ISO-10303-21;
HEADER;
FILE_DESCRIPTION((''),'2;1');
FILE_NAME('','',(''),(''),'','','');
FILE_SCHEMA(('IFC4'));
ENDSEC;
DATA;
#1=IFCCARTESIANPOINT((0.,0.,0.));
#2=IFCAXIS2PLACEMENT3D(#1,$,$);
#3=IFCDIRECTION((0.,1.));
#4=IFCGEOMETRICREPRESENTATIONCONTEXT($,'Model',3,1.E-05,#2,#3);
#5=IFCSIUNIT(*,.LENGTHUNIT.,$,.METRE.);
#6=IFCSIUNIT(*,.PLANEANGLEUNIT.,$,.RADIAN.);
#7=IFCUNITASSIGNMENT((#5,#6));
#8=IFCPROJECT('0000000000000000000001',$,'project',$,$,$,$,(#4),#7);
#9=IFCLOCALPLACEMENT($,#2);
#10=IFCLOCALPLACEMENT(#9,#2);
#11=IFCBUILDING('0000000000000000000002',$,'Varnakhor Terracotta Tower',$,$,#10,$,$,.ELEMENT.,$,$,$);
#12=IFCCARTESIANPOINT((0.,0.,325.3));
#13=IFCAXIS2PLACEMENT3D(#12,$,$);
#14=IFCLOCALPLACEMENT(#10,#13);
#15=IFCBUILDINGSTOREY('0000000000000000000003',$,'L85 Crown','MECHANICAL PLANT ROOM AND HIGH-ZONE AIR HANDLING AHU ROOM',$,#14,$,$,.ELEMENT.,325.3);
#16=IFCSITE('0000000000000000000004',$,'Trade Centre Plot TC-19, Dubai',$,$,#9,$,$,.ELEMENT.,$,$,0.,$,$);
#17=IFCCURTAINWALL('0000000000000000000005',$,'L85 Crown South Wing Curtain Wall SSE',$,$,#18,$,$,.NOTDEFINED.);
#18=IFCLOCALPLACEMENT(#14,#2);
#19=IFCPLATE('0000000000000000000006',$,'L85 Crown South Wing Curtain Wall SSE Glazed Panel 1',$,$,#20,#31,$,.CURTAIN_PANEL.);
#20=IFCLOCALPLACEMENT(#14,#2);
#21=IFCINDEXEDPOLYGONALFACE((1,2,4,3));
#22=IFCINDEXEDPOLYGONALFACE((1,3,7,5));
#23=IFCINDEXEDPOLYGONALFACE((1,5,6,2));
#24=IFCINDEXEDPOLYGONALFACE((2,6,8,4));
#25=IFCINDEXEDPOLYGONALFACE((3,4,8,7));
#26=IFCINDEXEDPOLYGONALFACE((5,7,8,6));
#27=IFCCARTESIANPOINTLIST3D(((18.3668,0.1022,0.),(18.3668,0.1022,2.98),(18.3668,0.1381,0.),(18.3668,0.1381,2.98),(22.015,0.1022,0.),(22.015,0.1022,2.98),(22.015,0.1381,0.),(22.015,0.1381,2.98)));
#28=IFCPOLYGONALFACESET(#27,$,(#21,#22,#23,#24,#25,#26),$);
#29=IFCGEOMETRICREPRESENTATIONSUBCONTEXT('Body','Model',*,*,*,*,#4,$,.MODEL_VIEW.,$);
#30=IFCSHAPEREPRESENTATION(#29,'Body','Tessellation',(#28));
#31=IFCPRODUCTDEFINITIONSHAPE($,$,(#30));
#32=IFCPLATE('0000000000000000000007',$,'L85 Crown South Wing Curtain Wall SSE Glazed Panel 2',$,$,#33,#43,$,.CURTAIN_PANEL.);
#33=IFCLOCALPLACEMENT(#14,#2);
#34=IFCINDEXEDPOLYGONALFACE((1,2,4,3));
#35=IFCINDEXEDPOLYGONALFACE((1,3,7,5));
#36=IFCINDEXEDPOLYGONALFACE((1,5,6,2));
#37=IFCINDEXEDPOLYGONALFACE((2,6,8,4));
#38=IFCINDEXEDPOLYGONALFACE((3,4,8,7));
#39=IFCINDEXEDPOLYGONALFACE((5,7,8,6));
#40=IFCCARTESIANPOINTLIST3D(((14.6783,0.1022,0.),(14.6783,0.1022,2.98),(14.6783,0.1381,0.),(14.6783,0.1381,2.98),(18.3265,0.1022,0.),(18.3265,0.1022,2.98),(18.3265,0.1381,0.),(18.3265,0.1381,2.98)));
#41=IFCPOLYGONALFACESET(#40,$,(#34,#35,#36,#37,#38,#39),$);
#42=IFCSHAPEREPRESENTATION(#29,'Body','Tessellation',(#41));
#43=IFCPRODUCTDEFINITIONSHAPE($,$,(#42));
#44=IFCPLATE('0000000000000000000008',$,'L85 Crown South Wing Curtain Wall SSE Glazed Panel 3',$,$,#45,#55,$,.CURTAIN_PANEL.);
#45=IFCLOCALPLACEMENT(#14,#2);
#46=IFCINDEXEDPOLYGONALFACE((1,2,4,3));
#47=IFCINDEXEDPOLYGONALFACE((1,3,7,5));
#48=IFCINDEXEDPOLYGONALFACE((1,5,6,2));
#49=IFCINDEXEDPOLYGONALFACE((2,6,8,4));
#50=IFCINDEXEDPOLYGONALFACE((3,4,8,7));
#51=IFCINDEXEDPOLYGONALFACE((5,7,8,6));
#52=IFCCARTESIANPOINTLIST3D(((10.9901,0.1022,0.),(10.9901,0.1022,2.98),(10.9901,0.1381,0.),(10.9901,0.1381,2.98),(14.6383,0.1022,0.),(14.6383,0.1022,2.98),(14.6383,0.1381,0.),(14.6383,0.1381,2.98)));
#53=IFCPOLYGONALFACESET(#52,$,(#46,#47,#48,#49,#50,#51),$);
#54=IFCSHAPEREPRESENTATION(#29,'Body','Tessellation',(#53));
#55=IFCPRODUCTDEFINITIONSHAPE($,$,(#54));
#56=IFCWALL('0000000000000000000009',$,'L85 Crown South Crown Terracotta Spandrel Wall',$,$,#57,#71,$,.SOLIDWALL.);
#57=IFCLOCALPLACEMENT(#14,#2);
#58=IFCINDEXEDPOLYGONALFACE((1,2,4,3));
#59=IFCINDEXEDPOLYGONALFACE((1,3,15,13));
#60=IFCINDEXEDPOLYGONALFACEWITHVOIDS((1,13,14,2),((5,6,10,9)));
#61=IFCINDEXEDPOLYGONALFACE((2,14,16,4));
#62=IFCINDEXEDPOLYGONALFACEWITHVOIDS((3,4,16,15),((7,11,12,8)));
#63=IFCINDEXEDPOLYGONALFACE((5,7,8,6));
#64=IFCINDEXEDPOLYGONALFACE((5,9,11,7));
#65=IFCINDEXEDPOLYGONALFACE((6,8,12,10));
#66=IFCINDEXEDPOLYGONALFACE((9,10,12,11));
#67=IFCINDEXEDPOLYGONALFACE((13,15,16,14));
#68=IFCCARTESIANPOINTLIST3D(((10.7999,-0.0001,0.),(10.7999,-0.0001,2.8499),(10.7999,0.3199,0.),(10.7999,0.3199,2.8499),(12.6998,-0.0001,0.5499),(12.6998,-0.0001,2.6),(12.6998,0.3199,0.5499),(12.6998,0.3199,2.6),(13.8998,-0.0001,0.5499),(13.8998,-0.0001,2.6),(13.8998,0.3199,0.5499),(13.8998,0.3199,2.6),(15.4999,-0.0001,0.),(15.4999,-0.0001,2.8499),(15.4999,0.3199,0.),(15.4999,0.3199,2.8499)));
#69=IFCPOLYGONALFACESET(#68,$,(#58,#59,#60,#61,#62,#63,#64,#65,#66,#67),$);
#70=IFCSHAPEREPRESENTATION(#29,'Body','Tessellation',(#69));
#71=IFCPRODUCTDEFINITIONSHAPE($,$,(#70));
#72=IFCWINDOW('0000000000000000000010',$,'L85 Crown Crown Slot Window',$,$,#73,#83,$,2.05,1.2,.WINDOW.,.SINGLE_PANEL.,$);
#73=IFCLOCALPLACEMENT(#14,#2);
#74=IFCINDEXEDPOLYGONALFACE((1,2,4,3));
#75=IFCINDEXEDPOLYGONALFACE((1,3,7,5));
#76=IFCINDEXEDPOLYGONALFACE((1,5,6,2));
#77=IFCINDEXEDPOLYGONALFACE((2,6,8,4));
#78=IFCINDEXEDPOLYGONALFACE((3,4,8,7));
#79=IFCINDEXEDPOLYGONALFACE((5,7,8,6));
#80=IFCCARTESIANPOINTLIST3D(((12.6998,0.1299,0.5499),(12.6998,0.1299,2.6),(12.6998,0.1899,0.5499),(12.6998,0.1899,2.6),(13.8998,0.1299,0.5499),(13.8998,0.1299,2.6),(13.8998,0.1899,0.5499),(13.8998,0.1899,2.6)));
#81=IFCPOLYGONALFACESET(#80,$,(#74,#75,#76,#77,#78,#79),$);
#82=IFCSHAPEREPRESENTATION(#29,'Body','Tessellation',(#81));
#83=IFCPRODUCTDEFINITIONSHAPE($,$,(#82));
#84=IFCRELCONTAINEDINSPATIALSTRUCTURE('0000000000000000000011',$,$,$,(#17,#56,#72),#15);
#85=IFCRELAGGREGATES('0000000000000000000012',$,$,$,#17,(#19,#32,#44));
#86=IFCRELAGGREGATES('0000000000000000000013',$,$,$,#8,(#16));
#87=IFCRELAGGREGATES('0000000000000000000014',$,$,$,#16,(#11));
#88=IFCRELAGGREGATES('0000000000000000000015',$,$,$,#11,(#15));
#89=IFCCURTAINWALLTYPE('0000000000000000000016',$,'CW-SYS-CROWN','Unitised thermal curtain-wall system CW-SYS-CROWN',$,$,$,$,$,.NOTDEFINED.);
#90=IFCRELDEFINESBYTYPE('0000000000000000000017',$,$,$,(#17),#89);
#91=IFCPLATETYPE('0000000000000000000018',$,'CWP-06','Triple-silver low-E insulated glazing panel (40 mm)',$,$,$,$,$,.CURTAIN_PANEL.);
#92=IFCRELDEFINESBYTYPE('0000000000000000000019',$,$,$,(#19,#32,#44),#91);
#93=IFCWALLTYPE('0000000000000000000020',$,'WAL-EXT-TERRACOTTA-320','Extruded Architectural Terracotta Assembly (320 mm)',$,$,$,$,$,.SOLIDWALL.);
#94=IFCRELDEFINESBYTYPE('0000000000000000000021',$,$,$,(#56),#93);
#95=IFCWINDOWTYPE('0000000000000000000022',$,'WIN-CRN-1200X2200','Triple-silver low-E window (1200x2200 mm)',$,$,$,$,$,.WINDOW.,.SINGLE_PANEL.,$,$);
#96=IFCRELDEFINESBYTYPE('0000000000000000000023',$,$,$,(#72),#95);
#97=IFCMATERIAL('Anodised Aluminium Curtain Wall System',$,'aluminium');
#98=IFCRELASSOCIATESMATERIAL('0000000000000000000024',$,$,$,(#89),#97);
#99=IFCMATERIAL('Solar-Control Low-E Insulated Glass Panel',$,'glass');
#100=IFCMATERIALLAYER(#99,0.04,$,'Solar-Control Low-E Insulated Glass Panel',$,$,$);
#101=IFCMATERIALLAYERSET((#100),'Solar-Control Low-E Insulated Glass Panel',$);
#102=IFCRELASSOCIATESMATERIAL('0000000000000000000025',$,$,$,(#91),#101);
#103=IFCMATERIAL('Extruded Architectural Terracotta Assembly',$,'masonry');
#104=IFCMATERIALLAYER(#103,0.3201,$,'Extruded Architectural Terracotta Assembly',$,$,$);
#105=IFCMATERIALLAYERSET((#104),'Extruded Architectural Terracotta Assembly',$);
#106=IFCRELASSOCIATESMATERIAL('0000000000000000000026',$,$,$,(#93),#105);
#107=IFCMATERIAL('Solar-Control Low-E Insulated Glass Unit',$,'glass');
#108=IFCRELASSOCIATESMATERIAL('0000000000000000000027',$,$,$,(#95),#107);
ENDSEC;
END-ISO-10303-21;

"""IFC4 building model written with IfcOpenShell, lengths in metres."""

from ifc_helpers import new_model, si_unit, direction, frame, frame_2d, origin, origin_2d, place, context, subcontext, project, spatial, rectangle, extrude, source, transform, mapped, material, layer, layer_set, type_object, type_shapes, element, fill, aggregate, save


model = new_model("IFC4")

# Units and contexts
model_context = context("Model", 3, precision=1e-05, world=origin(), true_north=direction((0.0, 1.0)))
body_context = subcontext(model_context, "Body", "Model", "MODEL_VIEW")
ifc_project = project(units=[si_unit("LENGTHUNIT", "METRE"), si_unit("PLANEANGLEUNIT", "RADIAN")], contexts=[model_context])

# Site, building, storey
site_placement = place(None, origin())
site = spatial("IfcSite", under=ifc_project, at=site_placement, Name="Trade Centre Plot TC-19, Dubai", CompositionType="ELEMENT", RefElevation=0.0)
building_placement = place(site_placement, origin())
building = spatial("IfcBuilding", under=site, at=building_placement, Name="Varnakhor Terracotta Tower", CompositionType="ELEMENT")
storey_placement = place(building_placement, frame((0.0, 0.0, 325.3)))
storey = spatial("IfcBuildingStorey", under=building, at=storey_placement, Name="L85 Crown", Description="MECHANICAL PLANT ROOM AND HIGH-ZONE AIR HANDLING AHU ROOM", CompositionType="ELEMENT", Elevation=325.3)

# Shared definitions
ifc_material_1 = material(Name="Anodised Aluminium Curtain Wall System", Category="aluminium")
curtain_wall_type = type_object("IfcCurtainWallType", Name="CW-SYS-CROWN", Description="Unitised thermal curtain-wall system CW-SYS-CROWN", PredefinedType="NOTDEFINED", material=ifc_material_1)

# Curtain wall
curtain_wall_1_placement = place(storey_placement, origin())
curtain_wall_1 = element("IfcCurtainWall", 1, at=curtain_wall_1_placement, inside=storey, type_object=curtain_wall_type, Name="L85 Crown South Wing Curtain Wall SSE", PredefinedType="NOTDEFINED")

# Plates
ifc_material_2 = material(Name="Solar-Control Low-E Insulated Glass Panel", Category="glass")
ifc_layer_1 = layer(ifc_material_2, 0.04, Name="Solar-Control Low-E Insulated Glass Panel")
ifc_layer_set_1 = layer_set([ifc_layer_1], Name="Solar-Control Low-E Insulated Glass Panel")
plate_type = type_object("IfcPlateType", Name="CWP-06", Description="Triple-silver low-E insulated glazing panel (40 mm)", PredefinedType="CURTAIN_PANEL", material=ifc_layer_set_1)
shared_shape_1 = source(origin(), body_context, "Body", "SweptSolid", [
    extrude(rectangle(XDim=3.6482, YDim=0.0359, at=origin_2d()), origin(), (0.0, 0.0, 1.0), 2.98),
])
plate_1_placement = place(storey_placement, frame((20.1909, 0.1201, 0.0), z_axis=(0.0, 0.0, 1.0), x_axis=(-1.0, 0.0, 0.0)))
plate_1 = element("IfcPlate", 2, at=plate_1_placement, type_object=plate_type, Name="L85 Crown South Wing Curtain Wall SSE Glazed Panel 1", PredefinedType="CURTAIN_PANEL", context=body_context, shape_type="MappedRepresentation", body=[
    mapped(shared_shape_1, transform((0.0, 0.0, 0.0), scale=1.0)),
])
plate_2_placement = place(storey_placement, frame((16.5024, 0.1201, 0.0), z_axis=(0.0, 0.0, 1.0), x_axis=(-1.0, 0.0, 0.0)))
plate_2 = element("IfcPlate", 3, at=plate_2_placement, type_object=plate_type, Name="L85 Crown South Wing Curtain Wall SSE Glazed Panel 2", PredefinedType="CURTAIN_PANEL", context=body_context, shape_type="MappedRepresentation", body=[
    mapped(shared_shape_1, transform((0.0, 0.0, 0.0), scale=1.0)),
])
plate_3_placement = place(storey_placement, frame((12.8142, 0.1201, 0.0), z_axis=(0.0, 0.0, 1.0), x_axis=(-1.0, 0.0, 0.0)))
plate_3 = element("IfcPlate", 4, at=plate_3_placement, type_object=plate_type, Name="L85 Crown South Wing Curtain Wall SSE Glazed Panel 3", PredefinedType="CURTAIN_PANEL", context=body_context, shape_type="MappedRepresentation", body=[
    mapped(shared_shape_1, transform((0.0, 0.0, 0.0), scale=1.0)),
])
aggregate(curtain_wall_1, [plate_1, plate_2, plate_3])

# Wall, opening, window
ifc_material_3 = material(Name="Extruded Architectural Terracotta Assembly", Category="masonry")
ifc_layer_2 = layer(ifc_material_3, 0.3201, Name="Extruded Architectural Terracotta Assembly")
ifc_layer_set_2 = layer_set([ifc_layer_2], Name="Extruded Architectural Terracotta Assembly")
wall_type = type_object("IfcWallType", Name="WAL-EXT-TERRACOTTA-320", Description="Extruded Architectural Terracotta Assembly (320 mm)", PredefinedType="SOLIDWALL", material=ifc_layer_set_2)
wall_placement = place(storey_placement, frame((15.5, 0.1599, 0.0), z_axis=(0.0, 0.0, 1.0), x_axis=(-1.0, 0.0, 0.0)))
wall = element("IfcWall", 5, at=wall_placement, inside=storey, type_object=wall_type, Name="L85 Crown South Crown Terracotta Spandrel Wall", PredefinedType="SOLIDWALL", context=body_context, shape_type="SweptSolid", body=[
    extrude(rectangle(XDim=4.7, YDim=0.3201, at=frame_2d((2.3501, 0.0))), origin(), (0.0, 0.0, 1.0), 2.8499),
])
opening_placement = place(wall_placement, frame((1.6001, 0.0, 0.55)))
opening = element("IfcOpeningElement", 6, at=opening_placement, cuts=wall, PredefinedType="OPENING", context=body_context, shape_type="SweptSolid", body=[
    extrude(rectangle(XDim=1.2, YDim=2.05, at=frame_2d((0.6001, 1.0249))), frame((0.0, 0.1699, 0.0), z_axis=(0.0, -1.0, 0.0), x_axis=(1.0, 0.0, 0.0)), (0.0, 0.0, 1.0), 0.3401),
])
ifc_material_4 = material(Name="Solar-Control Low-E Insulated Glass Unit", Category="glass")
window_type = type_object("IfcWindowType", Name="WIN-CRN-1200X2200", Description="Triple-silver low-E window (1200x2200 mm)", PartitioningType="SINGLE_PANEL", PredefinedType="WINDOW", material=ifc_material_4)
shared_shape_2 = source(origin(), body_context, "Body", "SweptSolid", [
    extrude(rectangle(XDim=1.2, YDim=2.05, at=frame_2d((0.6001, 1.0249))), frame((0.0, 0.03, 0.0), z_axis=(0.0, -1.0, 0.0), x_axis=(1.0, 0.0, 0.0)), (0.0, 0.0, 1.0), 0.0601),
])
type_shapes(window_type, [shared_shape_2])
window_placement = place(opening_placement, origin())
window = element("IfcWindow", 7, at=window_placement, inside=storey, type_object=window_type, Name="L85 Crown Crown Slot Window", OverallHeight=2.05, OverallWidth=1.2, PartitioningType="SINGLE_PANEL", PredefinedType="WINDOW", context=body_context, shape_type="MappedRepresentation", body=[
    mapped(shared_shape_2, transform((0.0, 0.0, 0.0), scale=1.0)),
])
fill(opening, window)

save(model, "model.ifc")
